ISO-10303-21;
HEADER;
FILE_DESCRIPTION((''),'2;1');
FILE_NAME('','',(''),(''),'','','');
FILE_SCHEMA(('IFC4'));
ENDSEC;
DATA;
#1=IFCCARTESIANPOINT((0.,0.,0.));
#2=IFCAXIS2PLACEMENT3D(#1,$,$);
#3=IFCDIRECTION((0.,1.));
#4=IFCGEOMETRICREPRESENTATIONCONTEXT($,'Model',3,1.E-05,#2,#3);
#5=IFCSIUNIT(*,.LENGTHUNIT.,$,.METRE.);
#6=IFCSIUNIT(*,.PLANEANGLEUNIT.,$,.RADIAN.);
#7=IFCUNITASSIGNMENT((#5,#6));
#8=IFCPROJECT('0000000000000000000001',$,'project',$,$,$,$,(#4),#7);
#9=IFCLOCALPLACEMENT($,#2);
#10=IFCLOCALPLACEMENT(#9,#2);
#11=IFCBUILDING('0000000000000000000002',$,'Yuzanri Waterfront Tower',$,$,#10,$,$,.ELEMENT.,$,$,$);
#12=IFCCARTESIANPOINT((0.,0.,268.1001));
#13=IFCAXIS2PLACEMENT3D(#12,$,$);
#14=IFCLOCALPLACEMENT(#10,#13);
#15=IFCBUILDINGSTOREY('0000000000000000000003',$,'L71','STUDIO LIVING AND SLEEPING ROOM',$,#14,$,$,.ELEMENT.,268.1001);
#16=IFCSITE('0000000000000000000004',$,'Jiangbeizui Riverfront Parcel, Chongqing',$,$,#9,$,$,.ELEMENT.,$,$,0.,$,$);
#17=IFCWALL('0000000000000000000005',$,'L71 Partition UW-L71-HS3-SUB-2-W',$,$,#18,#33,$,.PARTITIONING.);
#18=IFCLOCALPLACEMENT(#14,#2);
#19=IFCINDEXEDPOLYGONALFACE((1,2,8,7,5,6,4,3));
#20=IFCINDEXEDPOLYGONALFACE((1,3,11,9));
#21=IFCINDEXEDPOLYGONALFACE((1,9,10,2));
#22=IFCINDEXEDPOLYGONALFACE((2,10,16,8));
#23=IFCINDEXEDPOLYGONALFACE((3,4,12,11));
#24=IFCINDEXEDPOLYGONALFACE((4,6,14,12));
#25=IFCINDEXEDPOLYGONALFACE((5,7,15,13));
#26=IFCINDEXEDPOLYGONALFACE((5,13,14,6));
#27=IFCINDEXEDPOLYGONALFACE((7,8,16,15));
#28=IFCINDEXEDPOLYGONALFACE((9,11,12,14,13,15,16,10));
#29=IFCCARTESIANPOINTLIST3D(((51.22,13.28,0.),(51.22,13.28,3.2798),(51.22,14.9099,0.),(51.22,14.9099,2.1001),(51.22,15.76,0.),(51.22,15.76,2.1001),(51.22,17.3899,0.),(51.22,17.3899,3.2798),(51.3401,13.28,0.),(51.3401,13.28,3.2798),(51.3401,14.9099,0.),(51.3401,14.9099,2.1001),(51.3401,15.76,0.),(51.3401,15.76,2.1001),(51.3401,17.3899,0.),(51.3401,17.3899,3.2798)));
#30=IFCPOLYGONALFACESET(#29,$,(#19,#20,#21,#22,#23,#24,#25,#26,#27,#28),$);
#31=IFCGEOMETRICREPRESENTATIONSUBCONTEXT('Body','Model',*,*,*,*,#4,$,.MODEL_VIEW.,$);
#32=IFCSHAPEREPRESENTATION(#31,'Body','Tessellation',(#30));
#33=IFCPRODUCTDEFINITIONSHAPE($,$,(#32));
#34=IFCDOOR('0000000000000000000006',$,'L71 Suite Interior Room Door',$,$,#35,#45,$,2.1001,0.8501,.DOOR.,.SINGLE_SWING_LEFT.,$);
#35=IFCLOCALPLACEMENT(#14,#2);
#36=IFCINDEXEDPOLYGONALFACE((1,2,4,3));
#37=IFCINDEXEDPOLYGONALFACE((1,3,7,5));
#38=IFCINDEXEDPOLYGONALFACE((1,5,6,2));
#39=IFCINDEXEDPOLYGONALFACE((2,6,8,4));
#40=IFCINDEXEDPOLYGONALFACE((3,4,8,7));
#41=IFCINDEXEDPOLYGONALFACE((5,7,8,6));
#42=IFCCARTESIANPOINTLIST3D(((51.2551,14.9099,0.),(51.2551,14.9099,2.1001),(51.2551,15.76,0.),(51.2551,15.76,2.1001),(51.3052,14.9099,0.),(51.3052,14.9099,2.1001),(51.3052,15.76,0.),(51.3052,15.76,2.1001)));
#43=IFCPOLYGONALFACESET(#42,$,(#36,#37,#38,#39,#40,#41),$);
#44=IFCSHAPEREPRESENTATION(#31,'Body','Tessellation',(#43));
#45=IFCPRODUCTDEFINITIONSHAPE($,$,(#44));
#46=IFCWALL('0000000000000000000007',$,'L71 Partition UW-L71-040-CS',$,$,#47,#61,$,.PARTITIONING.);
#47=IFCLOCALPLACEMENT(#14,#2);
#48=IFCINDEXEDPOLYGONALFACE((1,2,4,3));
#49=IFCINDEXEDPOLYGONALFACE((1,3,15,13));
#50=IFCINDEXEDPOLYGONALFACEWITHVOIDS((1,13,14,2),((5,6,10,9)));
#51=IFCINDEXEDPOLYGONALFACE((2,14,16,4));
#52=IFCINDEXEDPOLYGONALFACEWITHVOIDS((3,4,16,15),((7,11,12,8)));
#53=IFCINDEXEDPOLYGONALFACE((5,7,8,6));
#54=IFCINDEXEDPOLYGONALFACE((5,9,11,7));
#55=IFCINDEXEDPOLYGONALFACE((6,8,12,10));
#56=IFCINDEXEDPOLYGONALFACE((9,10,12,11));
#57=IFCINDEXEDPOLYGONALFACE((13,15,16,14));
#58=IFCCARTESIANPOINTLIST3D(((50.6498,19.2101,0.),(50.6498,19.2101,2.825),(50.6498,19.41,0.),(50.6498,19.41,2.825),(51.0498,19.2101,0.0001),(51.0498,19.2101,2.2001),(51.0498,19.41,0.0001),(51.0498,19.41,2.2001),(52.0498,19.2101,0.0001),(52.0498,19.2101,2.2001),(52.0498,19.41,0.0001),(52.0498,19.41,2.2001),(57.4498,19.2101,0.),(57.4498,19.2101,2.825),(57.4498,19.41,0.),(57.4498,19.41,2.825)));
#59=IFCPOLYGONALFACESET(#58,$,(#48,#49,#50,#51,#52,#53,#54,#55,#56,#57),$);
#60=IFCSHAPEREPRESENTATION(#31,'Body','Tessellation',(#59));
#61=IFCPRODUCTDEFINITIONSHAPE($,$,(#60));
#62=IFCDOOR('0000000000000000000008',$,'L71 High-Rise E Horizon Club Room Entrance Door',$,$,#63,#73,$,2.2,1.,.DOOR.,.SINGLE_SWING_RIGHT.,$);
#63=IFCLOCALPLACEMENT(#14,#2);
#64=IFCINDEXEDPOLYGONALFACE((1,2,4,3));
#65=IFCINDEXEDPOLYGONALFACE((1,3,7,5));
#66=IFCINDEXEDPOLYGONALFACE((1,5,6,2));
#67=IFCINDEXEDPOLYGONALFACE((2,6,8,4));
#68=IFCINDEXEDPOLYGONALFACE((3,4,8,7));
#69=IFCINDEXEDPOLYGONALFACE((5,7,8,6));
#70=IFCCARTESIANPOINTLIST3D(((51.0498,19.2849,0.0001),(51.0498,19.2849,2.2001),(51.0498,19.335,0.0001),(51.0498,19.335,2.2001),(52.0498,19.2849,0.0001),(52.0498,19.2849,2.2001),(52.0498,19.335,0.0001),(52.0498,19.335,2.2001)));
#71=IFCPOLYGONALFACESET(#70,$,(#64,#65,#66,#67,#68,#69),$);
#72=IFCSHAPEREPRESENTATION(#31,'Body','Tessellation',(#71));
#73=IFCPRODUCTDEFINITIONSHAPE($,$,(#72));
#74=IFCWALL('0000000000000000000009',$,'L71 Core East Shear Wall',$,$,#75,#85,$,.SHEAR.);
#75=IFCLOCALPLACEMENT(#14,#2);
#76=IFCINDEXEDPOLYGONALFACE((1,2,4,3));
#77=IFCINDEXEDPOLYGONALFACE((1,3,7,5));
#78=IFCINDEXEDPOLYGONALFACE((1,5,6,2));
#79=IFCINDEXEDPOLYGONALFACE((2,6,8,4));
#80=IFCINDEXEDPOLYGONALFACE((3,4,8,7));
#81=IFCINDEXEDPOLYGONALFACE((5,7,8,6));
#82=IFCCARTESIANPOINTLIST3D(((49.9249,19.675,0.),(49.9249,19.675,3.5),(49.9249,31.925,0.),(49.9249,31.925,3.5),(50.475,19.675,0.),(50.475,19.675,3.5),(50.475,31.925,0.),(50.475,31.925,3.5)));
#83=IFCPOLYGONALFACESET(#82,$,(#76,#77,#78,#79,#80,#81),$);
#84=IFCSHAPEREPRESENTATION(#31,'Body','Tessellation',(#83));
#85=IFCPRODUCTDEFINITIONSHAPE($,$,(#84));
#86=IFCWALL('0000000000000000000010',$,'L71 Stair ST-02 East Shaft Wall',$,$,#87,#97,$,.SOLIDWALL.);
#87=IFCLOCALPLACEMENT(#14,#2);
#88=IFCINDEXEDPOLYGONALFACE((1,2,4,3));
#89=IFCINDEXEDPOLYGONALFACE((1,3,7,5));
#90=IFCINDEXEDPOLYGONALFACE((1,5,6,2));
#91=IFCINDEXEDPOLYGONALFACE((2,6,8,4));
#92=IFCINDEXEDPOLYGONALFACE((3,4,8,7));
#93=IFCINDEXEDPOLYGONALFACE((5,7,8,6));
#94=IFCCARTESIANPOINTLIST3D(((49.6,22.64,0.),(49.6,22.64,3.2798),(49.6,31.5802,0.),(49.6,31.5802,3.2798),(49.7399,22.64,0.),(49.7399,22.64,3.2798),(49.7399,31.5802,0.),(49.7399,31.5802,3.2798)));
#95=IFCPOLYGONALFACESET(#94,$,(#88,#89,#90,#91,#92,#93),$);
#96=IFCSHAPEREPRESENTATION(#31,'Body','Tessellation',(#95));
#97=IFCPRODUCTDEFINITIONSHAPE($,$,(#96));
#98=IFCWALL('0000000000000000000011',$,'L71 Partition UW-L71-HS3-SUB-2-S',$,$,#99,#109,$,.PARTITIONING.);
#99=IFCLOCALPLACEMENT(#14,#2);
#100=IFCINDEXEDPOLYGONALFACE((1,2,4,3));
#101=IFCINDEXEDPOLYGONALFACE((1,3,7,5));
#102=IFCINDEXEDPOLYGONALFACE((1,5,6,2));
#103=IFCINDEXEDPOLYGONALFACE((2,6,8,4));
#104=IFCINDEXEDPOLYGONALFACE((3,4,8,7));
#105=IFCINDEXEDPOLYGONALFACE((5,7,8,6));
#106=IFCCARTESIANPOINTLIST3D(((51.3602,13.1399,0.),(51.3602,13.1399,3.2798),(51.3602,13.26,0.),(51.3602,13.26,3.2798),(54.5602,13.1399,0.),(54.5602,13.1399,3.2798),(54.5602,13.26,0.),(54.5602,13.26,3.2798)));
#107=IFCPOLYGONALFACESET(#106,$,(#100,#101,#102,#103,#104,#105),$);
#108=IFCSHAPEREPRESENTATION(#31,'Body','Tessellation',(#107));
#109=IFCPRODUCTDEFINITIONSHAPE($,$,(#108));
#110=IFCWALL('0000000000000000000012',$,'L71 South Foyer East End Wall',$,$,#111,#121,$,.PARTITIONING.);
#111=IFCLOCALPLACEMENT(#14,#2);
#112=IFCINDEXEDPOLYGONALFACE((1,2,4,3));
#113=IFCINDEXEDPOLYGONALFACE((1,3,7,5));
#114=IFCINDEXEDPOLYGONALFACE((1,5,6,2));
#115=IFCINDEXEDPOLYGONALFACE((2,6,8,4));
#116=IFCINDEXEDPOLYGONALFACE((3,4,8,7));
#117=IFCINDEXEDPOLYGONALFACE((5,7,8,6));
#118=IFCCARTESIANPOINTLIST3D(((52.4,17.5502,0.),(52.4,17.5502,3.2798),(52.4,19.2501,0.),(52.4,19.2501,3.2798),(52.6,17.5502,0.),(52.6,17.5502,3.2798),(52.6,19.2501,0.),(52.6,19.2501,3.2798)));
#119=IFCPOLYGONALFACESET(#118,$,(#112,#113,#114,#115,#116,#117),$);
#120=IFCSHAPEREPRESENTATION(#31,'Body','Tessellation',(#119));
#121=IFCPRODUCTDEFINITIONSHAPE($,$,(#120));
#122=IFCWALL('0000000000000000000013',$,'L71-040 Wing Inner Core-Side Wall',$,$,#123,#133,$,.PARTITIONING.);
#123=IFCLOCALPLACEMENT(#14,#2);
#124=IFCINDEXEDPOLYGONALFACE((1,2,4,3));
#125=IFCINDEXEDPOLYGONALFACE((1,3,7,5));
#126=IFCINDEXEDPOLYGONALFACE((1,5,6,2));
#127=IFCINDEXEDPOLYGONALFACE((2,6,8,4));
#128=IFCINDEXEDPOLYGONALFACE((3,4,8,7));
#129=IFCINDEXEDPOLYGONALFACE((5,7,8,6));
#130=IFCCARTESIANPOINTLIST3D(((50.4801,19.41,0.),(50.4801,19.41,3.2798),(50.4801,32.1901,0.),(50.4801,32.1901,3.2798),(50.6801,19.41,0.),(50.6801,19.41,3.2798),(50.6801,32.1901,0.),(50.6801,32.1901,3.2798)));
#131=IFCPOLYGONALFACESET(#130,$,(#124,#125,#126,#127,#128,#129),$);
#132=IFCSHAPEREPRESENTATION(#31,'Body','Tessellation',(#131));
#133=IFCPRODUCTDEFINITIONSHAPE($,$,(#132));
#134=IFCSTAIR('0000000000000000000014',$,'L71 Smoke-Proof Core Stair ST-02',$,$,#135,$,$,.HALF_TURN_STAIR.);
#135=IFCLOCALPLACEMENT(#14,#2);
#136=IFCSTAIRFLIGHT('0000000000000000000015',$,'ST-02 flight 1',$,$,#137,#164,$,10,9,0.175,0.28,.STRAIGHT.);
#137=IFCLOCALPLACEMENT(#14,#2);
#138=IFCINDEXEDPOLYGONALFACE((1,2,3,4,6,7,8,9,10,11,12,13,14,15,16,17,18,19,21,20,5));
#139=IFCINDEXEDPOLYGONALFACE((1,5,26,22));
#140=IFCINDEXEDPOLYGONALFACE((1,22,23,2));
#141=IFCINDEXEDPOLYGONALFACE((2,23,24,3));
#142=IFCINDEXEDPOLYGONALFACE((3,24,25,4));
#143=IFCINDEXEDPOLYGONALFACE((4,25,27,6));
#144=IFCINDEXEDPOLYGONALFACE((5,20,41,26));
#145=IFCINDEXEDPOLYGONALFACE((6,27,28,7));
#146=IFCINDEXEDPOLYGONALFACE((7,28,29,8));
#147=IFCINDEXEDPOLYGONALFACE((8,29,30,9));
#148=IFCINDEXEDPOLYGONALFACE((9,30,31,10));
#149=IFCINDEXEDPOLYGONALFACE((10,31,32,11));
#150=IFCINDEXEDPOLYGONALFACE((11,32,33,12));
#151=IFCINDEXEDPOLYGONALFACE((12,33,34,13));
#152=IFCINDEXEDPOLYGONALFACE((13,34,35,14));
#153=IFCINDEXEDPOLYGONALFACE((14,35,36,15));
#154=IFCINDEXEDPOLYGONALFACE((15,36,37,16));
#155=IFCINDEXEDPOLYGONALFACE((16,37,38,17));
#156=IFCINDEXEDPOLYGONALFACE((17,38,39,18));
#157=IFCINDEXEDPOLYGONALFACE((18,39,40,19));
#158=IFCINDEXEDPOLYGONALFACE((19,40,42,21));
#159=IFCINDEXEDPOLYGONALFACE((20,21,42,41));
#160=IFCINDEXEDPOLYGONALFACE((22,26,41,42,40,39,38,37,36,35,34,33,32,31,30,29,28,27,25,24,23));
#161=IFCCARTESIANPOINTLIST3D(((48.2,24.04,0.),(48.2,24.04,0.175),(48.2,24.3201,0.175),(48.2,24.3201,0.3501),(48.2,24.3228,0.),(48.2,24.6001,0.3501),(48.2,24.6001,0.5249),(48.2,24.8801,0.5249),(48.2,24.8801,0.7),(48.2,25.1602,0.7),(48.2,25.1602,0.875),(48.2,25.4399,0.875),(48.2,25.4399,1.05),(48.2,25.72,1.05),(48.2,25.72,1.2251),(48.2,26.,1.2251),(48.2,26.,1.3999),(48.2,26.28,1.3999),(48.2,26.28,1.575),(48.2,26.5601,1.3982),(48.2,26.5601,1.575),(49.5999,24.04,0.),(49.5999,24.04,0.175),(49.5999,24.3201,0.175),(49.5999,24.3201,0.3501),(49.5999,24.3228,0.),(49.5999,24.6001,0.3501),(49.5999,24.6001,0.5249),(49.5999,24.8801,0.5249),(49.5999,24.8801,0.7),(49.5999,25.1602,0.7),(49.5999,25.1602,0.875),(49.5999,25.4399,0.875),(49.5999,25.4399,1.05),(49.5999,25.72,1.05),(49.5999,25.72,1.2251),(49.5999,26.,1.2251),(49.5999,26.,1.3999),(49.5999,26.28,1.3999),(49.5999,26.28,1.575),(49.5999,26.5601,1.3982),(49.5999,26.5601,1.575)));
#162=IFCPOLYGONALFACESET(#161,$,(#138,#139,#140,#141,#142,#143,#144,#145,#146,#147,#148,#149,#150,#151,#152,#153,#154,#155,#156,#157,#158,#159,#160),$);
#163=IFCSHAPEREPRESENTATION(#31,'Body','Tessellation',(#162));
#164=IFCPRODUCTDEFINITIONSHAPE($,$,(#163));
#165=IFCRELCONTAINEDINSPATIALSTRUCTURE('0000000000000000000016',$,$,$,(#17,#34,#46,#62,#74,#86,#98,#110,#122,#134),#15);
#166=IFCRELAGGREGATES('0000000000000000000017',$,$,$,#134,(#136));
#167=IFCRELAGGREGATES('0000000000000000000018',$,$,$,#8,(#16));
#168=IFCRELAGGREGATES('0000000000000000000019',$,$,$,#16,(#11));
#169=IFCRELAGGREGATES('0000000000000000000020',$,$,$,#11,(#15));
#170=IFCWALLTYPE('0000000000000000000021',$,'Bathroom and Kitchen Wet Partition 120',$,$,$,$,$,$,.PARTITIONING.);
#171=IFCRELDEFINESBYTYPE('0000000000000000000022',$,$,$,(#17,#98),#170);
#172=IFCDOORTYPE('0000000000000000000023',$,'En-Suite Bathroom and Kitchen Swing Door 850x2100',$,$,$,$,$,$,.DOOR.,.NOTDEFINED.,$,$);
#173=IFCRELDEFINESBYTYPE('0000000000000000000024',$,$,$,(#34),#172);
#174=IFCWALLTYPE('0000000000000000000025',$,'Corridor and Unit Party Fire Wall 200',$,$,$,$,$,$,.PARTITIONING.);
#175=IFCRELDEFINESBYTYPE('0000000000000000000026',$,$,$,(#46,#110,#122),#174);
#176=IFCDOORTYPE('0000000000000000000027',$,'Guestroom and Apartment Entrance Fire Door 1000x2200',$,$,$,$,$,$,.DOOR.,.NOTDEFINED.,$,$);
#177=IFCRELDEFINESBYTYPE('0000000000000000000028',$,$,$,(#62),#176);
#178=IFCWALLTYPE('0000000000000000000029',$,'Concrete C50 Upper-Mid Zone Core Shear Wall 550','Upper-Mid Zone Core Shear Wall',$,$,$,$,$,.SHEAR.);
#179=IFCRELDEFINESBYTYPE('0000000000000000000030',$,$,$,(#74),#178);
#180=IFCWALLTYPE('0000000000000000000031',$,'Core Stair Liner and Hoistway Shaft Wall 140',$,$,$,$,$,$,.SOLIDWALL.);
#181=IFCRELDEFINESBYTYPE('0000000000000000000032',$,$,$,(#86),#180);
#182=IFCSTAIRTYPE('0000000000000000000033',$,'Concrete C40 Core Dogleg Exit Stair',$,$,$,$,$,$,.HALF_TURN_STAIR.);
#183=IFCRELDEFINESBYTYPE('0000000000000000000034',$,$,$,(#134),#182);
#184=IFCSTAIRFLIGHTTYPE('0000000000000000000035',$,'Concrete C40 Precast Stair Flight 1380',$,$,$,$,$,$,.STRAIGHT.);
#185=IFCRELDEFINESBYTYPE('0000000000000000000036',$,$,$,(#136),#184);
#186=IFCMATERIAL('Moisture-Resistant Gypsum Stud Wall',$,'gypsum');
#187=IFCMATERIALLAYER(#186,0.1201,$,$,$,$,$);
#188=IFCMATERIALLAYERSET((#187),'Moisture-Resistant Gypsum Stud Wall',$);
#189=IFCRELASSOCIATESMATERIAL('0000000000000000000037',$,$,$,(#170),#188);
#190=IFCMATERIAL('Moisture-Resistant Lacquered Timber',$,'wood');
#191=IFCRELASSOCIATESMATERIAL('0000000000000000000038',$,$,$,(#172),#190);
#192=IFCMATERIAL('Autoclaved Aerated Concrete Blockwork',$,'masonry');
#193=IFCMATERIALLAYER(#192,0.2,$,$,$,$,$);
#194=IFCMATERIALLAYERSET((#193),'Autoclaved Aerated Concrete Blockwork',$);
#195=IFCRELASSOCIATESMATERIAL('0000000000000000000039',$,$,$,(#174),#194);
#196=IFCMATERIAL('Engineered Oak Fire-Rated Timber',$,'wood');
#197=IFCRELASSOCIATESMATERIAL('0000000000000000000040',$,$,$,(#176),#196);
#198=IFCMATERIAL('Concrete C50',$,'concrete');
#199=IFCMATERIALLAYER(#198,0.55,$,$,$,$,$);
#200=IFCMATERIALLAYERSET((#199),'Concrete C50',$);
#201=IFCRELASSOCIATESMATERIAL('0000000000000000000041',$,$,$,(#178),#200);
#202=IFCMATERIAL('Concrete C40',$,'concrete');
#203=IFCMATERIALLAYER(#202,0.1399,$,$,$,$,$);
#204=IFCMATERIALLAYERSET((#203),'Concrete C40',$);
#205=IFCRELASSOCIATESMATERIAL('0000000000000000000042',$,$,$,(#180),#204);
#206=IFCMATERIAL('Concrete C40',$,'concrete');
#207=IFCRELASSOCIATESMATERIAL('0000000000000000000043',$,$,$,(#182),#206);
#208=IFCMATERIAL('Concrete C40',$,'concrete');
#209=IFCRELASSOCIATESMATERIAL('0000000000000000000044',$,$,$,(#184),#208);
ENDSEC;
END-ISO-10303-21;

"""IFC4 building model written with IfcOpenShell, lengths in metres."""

from ifc_helpers import new_model, si_unit, direction, frame, frame_2d, origin, place, context, subcontext, project, spatial, polyline, rectangle, outline, extrude, source, transform, mapped, material, layer, layer_set, type_object, element, fill, aggregate, save


model = new_model("IFC4")

# Units and contexts
model_context = context("Model", 3, precision=1e-05, world=origin(), true_north=direction((0.0, 1.0)))
body_context = subcontext(model_context, "Body", "Model", "MODEL_VIEW")
ifc_project = project(units=[si_unit("LENGTHUNIT", "METRE"), si_unit("PLANEANGLEUNIT", "RADIAN")], contexts=[model_context])

# Site, building, storey
site_placement = place(None, origin())
site = spatial("IfcSite", under=ifc_project, at=site_placement, Name="Jiangbeizui Riverfront Parcel, Chongqing", CompositionType="ELEMENT", RefElevation=0.0)
building_placement = place(site_placement, origin())
building = spatial("IfcBuilding", under=site, at=building_placement, Name="Yuzanri Waterfront Tower", CompositionType="ELEMENT")
storey_placement = place(building_placement, frame((0.0, 0.0, 268.1001)))
storey = spatial("IfcBuildingStorey", under=building, at=storey_placement, Name="L71", Description="STUDIO LIVING AND SLEEPING ROOM", CompositionType="ELEMENT", Elevation=268.1001)

# Walls, openings, doors
ifc_material_1 = material(Name="Moisture-Resistant Gypsum Stud Wall", Category="gypsum")
ifc_layer_1 = layer(ifc_material_1, 0.1201)
ifc_layer_set_1 = layer_set([ifc_layer_1], Name="Moisture-Resistant Gypsum Stud Wall")
wall_type_1 = type_object("IfcWallType", Name="Bathroom and Kitchen Wet Partition 120", PredefinedType="PARTITIONING", material=ifc_layer_set_1)
wall_1_placement = place(storey_placement, frame((51.28, 13.28, 0.0), z_axis=(0.0, 0.0, 1.0), x_axis=(0.0, 1.0, 0.0)))
wall_1 = element("IfcWall", 1, at=wall_1_placement, inside=storey, type_object=wall_type_1, Name="L71 Partition UW-L71-HS3-SUB-2-W", PredefinedType="PARTITIONING", context=body_context, shape_type="SweptSolid", body=[
    extrude(rectangle(XDim=4.1099, YDim=0.1201, at=frame_2d((2.0549, 0.0))), origin(), (0.0, 0.0, 1.0), 3.2798),
])
opening_1_placement = place(wall_1_placement, frame((1.6299, 0.0, 0.0)))
opening_1 = element("IfcOpeningElement", 2, at=opening_1_placement, cuts=wall_1, PredefinedType="OPENING", context=body_context, shape_type="SweptSolid", body=[
    extrude(rectangle(XDim=0.8501, YDim=2.1001, at=frame_2d((0.425, 1.05))), frame((0.0, 0.075, 0.0), z_axis=(0.0, -1.0, 0.0), x_axis=(1.0, 0.0, 0.0)), (0.0, 0.0, 1.0), 0.1499),
])
ifc_material_2 = material(Name="Moisture-Resistant Lacquered Timber", Category="wood")
door_type_1 = type_object("IfcDoorType", Name="En-Suite Bathroom and Kitchen Swing Door 850x2100", OperationType="NOTDEFINED", PredefinedType="DOOR", material=ifc_material_2)
shared_shape_1 = source(origin(), body_context, "Body", "SweptSolid", [
    extrude(rectangle(XDim=0.8501, YDim=2.1001, at=frame_2d((0.425, 1.05))), frame((0.0, 0.0249, 0.0), z_axis=(0.0, -1.0, 0.0), x_axis=(1.0, 0.0, 0.0)), (0.0, 0.0, 1.0), 0.05),
])
door_1_placement = place(opening_1_placement, origin())
door_1 = element("IfcDoor", 3, at=door_1_placement, inside=storey, type_object=door_type_1, Name="L71 Suite Interior Room Door", OperationType="SINGLE_SWING_LEFT", OverallHeight=2.1001, OverallWidth=0.8501, PredefinedType="DOOR", context=body_context, shape_type="MappedRepresentation", body=[
    mapped(shared_shape_1, transform((0.0, 0.0, 0.0), scale=1.0)),
])
fill(opening_1, door_1)
ifc_material_3 = material(Name="Autoclaved Aerated Concrete Blockwork", Category="masonry")
ifc_layer_2 = layer(ifc_material_3, 0.2)
ifc_layer_set_2 = layer_set([ifc_layer_2], Name="Autoclaved Aerated Concrete Blockwork")
wall_type_2 = type_object("IfcWallType", Name="Corridor and Unit Party Fire Wall 200", PredefinedType="PARTITIONING", material=ifc_layer_set_2)
wall_2_placement = place(storey_placement, frame((50.6499, 19.3101, 0.0), z_axis=(0.0, 0.0, 1.0), x_axis=(1.0, 0.0, 0.0)))
wall_2 = element("IfcWall", 4, at=wall_2_placement, inside=storey, type_object=wall_type_2, Name="L71 Partition UW-L71-040-CS", PredefinedType="PARTITIONING", context=body_context, shape_type="SweptSolid", body=[
    extrude(rectangle(XDim=6.8, YDim=0.2, at=frame_2d((3.3999, 0.0))), origin(), (0.0, 0.0, 1.0), 2.825),
])
opening_2_placement = place(wall_2_placement, frame((0.3999, 0.0, 0.0)))
opening_2 = element("IfcOpeningElement", 5, at=opening_2_placement, cuts=wall_2, PredefinedType="OPENING", context=body_context, shape_type="SweptSolid", body=[
    extrude(rectangle(XDim=1.0, YDim=2.2, at=frame_2d((0.5, 1.1001))), frame((0.0, 0.1147, 0.0), z_axis=(0.0, -1.0, 0.0), x_axis=(1.0, 0.0, 0.0)), (0.0, 0.0, 1.0), 0.2297),
])
ifc_material_4 = material(Name="Engineered Oak Fire-Rated Timber", Category="wood")
door_type_2 = type_object("IfcDoorType", Name="Guestroom and Apartment Entrance Fire Door 1000x2200", OperationType="NOTDEFINED", PredefinedType="DOOR", material=ifc_material_4)
shared_shape_2 = source(origin(), body_context, "Body", "SweptSolid", [
    extrude(rectangle(XDim=1.0, YDim=2.2, at=frame_2d((0.5, 1.1001))), frame((0.0, 0.0249, 0.0), z_axis=(0.0, -1.0, 0.0), x_axis=(1.0, 0.0, 0.0)), (0.0, 0.0, 1.0), 0.05),
])
door_2_placement = place(opening_2_placement, origin())
door_2 = element("IfcDoor", 6, at=door_2_placement, inside=storey, type_object=door_type_2, Name="L71 High-Rise E Horizon Club Room Entrance Door", OperationType="SINGLE_SWING_RIGHT", OverallHeight=2.2, OverallWidth=1.0, PredefinedType="DOOR", context=body_context, shape_type="MappedRepresentation", body=[
    mapped(shared_shape_2, transform((0.0, 0.0, 0.0), scale=1.0)),
])
fill(opening_2, door_2)

# Walls
ifc_material_5 = material(Name="Concrete C50", Category="concrete")
ifc_layer_3 = layer(ifc_material_5, 0.55)
ifc_layer_set_3 = layer_set([ifc_layer_3], Name="Concrete C50")
wall_type_3 = type_object("IfcWallType", Name="Concrete C50 Upper-Mid Zone Core Shear Wall 550", Description="Upper-Mid Zone Core Shear Wall", PredefinedType="SHEAR", material=ifc_layer_set_3)
shared_shape_3 = source(origin(), body_context, "Body", "SweptSolid", [
    extrude(rectangle(XDim=12.25, YDim=0.55, at=frame_2d((6.125, 0.0))), origin(), (0.0, 0.0, 1.0), 3.5),
])
wall_3_placement = place(storey_placement, frame((50.2, 19.675, 0.0), z_axis=(0.0, 0.0, 1.0), x_axis=(0.0, 1.0, 0.0)))
element("IfcWall", 7, at=wall_3_placement, inside=storey, type_object=wall_type_3, Name="L71 Core East Shear Wall", PredefinedType="SHEAR", context=body_context, shape_type="MappedRepresentation", body=[
    mapped(shared_shape_3, transform((0.0, 0.0, 0.0), scale=1.0)),
])
ifc_material_6 = material(Name="Concrete C40", Category="concrete")
ifc_layer_4 = layer(ifc_material_6, 0.1399)
ifc_layer_set_4 = layer_set([ifc_layer_4], Name="Concrete C40")
wall_type_4 = type_object("IfcWallType", Name="Core Stair Liner and Hoistway Shaft Wall 140", PredefinedType="SOLIDWALL", material=ifc_layer_set_4)
shared_shape_4 = source(origin(), body_context, "Body", "SweptSolid", [
    extrude(rectangle(XDim=8.9402, YDim=0.1399, at=frame_2d((4.4702, 0.0))), origin(), (0.0, 0.0, 1.0), 3.2798),
])
wall_4_placement = place(storey_placement, frame((49.6699, 22.6399, 0.0), z_axis=(0.0, 0.0, 1.0), x_axis=(0.0, 1.0, 0.0)))
element("IfcWall", 8, at=wall_4_placement, inside=storey, type_object=wall_type_4, Name="L71 Stair ST-02 East Shaft Wall", PredefinedType="SOLIDWALL", context=body_context, shape_type="MappedRepresentation", body=[
    mapped(shared_shape_4, transform((0.0, 0.0, 0.0), scale=1.0)),
])
shared_shape_5 = source(origin(), body_context, "Body", "SweptSolid", [
    extrude(rectangle(XDim=3.2, YDim=0.1201, at=frame_2d((1.6001, 0.0))), origin(), (0.0, 0.0, 1.0), 3.2798),
])
wall_5_placement = place(storey_placement, frame((51.3601, 13.2, 0.0), z_axis=(0.0, 0.0, 1.0), x_axis=(1.0, 0.0, 0.0)))
element("IfcWall", 9, at=wall_5_placement, inside=storey, type_object=wall_type_1, Name="L71 Partition UW-L71-HS3-SUB-2-S", PredefinedType="PARTITIONING", context=body_context, shape_type="MappedRepresentation", body=[
    mapped(shared_shape_5, transform((0.0, 0.0, 0.0), scale=1.0)),
])
shared_shape_6 = source(origin(), body_context, "Body", "SweptSolid", [
    extrude(rectangle(XDim=1.7, YDim=0.2, at=frame_2d((0.8501, 0.0))), origin(), (0.0, 0.0, 1.0), 3.2798),
])
wall_6_placement = place(storey_placement, frame((52.5, 17.55, 0.0), z_axis=(0.0, 0.0, 1.0), x_axis=(0.0, 1.0, 0.0)))
element("IfcWall", 10, at=wall_6_placement, inside=storey, type_object=wall_type_2, Name="L71 South Foyer East End Wall", PredefinedType="PARTITIONING", context=body_context, shape_type="MappedRepresentation", body=[
    mapped(shared_shape_6, transform((0.0, 0.0, 0.0), scale=1.0)),
])
shared_shape_7 = source(origin(), body_context, "Body", "SweptSolid", [
    extrude(rectangle(XDim=12.78, YDim=0.2, at=frame_2d((6.3901, 0.0))), origin(), (0.0, 0.0, 1.0), 3.2798),
])
wall_7_placement = place(storey_placement, frame((50.5801, 19.4099, 0.0), z_axis=(0.0, 0.0, 1.0), x_axis=(0.0, 1.0, 0.0)))
element("IfcWall", 11, at=wall_7_placement, inside=storey, type_object=wall_type_2, Name="L71-040 Wing Inner Core-Side Wall", PredefinedType="PARTITIONING", context=body_context, shape_type="MappedRepresentation", body=[
    mapped(shared_shape_7, transform((0.0, 0.0, 0.0), scale=1.0)),
])

# Stair, stair flight
ifc_material_7 = material(Name="Concrete C40", Category="concrete")
stair_type = type_object("IfcStairType", Name="Concrete C40 Core Dogleg Exit Stair", PredefinedType="HALF_TURN_STAIR", material=ifc_material_7)
stair_placement = place(storey_placement, origin())
stair = element("IfcStair", 12, at=stair_placement, inside=storey, type_object=stair_type, Name="L71 Smoke-Proof Core Stair ST-02", PredefinedType="HALF_TURN_STAIR")
ifc_material_8 = material(Name="Concrete C40", Category="concrete")
stair_flight_type = type_object("IfcStairFlightType", Name="Concrete C40 Precast Stair Flight 1380", PredefinedType="STRAIGHT", material=ifc_material_8)
shared_shape_8 = source(origin(), body_context, "Body", "SweptSolid", [
    extrude(outline(polyline([(0.0, 0.0), (0.0, 0.175), (0.28, 0.175), (0.28, 0.3501), (0.5601, 0.3501), (0.5601, 0.5249), (0.8401, 0.5249), (0.8401, 0.7), (1.1201, 0.7), (1.1201, 0.875), (1.3999, 0.875), (1.3999, 1.05), (1.6799, 1.05), (1.6799, 1.2251), (1.96, 1.2251), (1.96, 1.3999), (2.24, 1.3999), (2.24, 1.575), (2.52, 1.575), (2.52, 1.75), (2.52, 1.3982), (0.2827, 0.0), (0.0, 0.0)])), frame((0.0, 0.7, 0.0), z_axis=(0.0, -1.0, 0.0), x_axis=(1.0, 0.0, 0.0)), (0.0, 0.0, 1.0), 1.3999),
])
stair_flight_placement = place(storey_placement, frame((48.8999, 24.04, 0.0), z_axis=(0.0, 0.0, 1.0), x_axis=(0.0, 1.0, 0.0)))
stair_flight = element("IfcStairFlight", 13, at=stair_flight_placement, type_object=stair_flight_type, Name="ST-02 flight 1", NumberOfRisers=10, NumberOfTreads=9, PredefinedType="STRAIGHT", RiserHeight=0.175, TreadLength=0.28, context=body_context, shape_type="MappedRepresentation", body=[
    mapped(shared_shape_8, transform((0.0, 0.0, 0.0), scale=1.0)),
])
aggregate(stair, [stair_flight])

save(model, "model.ifc")
